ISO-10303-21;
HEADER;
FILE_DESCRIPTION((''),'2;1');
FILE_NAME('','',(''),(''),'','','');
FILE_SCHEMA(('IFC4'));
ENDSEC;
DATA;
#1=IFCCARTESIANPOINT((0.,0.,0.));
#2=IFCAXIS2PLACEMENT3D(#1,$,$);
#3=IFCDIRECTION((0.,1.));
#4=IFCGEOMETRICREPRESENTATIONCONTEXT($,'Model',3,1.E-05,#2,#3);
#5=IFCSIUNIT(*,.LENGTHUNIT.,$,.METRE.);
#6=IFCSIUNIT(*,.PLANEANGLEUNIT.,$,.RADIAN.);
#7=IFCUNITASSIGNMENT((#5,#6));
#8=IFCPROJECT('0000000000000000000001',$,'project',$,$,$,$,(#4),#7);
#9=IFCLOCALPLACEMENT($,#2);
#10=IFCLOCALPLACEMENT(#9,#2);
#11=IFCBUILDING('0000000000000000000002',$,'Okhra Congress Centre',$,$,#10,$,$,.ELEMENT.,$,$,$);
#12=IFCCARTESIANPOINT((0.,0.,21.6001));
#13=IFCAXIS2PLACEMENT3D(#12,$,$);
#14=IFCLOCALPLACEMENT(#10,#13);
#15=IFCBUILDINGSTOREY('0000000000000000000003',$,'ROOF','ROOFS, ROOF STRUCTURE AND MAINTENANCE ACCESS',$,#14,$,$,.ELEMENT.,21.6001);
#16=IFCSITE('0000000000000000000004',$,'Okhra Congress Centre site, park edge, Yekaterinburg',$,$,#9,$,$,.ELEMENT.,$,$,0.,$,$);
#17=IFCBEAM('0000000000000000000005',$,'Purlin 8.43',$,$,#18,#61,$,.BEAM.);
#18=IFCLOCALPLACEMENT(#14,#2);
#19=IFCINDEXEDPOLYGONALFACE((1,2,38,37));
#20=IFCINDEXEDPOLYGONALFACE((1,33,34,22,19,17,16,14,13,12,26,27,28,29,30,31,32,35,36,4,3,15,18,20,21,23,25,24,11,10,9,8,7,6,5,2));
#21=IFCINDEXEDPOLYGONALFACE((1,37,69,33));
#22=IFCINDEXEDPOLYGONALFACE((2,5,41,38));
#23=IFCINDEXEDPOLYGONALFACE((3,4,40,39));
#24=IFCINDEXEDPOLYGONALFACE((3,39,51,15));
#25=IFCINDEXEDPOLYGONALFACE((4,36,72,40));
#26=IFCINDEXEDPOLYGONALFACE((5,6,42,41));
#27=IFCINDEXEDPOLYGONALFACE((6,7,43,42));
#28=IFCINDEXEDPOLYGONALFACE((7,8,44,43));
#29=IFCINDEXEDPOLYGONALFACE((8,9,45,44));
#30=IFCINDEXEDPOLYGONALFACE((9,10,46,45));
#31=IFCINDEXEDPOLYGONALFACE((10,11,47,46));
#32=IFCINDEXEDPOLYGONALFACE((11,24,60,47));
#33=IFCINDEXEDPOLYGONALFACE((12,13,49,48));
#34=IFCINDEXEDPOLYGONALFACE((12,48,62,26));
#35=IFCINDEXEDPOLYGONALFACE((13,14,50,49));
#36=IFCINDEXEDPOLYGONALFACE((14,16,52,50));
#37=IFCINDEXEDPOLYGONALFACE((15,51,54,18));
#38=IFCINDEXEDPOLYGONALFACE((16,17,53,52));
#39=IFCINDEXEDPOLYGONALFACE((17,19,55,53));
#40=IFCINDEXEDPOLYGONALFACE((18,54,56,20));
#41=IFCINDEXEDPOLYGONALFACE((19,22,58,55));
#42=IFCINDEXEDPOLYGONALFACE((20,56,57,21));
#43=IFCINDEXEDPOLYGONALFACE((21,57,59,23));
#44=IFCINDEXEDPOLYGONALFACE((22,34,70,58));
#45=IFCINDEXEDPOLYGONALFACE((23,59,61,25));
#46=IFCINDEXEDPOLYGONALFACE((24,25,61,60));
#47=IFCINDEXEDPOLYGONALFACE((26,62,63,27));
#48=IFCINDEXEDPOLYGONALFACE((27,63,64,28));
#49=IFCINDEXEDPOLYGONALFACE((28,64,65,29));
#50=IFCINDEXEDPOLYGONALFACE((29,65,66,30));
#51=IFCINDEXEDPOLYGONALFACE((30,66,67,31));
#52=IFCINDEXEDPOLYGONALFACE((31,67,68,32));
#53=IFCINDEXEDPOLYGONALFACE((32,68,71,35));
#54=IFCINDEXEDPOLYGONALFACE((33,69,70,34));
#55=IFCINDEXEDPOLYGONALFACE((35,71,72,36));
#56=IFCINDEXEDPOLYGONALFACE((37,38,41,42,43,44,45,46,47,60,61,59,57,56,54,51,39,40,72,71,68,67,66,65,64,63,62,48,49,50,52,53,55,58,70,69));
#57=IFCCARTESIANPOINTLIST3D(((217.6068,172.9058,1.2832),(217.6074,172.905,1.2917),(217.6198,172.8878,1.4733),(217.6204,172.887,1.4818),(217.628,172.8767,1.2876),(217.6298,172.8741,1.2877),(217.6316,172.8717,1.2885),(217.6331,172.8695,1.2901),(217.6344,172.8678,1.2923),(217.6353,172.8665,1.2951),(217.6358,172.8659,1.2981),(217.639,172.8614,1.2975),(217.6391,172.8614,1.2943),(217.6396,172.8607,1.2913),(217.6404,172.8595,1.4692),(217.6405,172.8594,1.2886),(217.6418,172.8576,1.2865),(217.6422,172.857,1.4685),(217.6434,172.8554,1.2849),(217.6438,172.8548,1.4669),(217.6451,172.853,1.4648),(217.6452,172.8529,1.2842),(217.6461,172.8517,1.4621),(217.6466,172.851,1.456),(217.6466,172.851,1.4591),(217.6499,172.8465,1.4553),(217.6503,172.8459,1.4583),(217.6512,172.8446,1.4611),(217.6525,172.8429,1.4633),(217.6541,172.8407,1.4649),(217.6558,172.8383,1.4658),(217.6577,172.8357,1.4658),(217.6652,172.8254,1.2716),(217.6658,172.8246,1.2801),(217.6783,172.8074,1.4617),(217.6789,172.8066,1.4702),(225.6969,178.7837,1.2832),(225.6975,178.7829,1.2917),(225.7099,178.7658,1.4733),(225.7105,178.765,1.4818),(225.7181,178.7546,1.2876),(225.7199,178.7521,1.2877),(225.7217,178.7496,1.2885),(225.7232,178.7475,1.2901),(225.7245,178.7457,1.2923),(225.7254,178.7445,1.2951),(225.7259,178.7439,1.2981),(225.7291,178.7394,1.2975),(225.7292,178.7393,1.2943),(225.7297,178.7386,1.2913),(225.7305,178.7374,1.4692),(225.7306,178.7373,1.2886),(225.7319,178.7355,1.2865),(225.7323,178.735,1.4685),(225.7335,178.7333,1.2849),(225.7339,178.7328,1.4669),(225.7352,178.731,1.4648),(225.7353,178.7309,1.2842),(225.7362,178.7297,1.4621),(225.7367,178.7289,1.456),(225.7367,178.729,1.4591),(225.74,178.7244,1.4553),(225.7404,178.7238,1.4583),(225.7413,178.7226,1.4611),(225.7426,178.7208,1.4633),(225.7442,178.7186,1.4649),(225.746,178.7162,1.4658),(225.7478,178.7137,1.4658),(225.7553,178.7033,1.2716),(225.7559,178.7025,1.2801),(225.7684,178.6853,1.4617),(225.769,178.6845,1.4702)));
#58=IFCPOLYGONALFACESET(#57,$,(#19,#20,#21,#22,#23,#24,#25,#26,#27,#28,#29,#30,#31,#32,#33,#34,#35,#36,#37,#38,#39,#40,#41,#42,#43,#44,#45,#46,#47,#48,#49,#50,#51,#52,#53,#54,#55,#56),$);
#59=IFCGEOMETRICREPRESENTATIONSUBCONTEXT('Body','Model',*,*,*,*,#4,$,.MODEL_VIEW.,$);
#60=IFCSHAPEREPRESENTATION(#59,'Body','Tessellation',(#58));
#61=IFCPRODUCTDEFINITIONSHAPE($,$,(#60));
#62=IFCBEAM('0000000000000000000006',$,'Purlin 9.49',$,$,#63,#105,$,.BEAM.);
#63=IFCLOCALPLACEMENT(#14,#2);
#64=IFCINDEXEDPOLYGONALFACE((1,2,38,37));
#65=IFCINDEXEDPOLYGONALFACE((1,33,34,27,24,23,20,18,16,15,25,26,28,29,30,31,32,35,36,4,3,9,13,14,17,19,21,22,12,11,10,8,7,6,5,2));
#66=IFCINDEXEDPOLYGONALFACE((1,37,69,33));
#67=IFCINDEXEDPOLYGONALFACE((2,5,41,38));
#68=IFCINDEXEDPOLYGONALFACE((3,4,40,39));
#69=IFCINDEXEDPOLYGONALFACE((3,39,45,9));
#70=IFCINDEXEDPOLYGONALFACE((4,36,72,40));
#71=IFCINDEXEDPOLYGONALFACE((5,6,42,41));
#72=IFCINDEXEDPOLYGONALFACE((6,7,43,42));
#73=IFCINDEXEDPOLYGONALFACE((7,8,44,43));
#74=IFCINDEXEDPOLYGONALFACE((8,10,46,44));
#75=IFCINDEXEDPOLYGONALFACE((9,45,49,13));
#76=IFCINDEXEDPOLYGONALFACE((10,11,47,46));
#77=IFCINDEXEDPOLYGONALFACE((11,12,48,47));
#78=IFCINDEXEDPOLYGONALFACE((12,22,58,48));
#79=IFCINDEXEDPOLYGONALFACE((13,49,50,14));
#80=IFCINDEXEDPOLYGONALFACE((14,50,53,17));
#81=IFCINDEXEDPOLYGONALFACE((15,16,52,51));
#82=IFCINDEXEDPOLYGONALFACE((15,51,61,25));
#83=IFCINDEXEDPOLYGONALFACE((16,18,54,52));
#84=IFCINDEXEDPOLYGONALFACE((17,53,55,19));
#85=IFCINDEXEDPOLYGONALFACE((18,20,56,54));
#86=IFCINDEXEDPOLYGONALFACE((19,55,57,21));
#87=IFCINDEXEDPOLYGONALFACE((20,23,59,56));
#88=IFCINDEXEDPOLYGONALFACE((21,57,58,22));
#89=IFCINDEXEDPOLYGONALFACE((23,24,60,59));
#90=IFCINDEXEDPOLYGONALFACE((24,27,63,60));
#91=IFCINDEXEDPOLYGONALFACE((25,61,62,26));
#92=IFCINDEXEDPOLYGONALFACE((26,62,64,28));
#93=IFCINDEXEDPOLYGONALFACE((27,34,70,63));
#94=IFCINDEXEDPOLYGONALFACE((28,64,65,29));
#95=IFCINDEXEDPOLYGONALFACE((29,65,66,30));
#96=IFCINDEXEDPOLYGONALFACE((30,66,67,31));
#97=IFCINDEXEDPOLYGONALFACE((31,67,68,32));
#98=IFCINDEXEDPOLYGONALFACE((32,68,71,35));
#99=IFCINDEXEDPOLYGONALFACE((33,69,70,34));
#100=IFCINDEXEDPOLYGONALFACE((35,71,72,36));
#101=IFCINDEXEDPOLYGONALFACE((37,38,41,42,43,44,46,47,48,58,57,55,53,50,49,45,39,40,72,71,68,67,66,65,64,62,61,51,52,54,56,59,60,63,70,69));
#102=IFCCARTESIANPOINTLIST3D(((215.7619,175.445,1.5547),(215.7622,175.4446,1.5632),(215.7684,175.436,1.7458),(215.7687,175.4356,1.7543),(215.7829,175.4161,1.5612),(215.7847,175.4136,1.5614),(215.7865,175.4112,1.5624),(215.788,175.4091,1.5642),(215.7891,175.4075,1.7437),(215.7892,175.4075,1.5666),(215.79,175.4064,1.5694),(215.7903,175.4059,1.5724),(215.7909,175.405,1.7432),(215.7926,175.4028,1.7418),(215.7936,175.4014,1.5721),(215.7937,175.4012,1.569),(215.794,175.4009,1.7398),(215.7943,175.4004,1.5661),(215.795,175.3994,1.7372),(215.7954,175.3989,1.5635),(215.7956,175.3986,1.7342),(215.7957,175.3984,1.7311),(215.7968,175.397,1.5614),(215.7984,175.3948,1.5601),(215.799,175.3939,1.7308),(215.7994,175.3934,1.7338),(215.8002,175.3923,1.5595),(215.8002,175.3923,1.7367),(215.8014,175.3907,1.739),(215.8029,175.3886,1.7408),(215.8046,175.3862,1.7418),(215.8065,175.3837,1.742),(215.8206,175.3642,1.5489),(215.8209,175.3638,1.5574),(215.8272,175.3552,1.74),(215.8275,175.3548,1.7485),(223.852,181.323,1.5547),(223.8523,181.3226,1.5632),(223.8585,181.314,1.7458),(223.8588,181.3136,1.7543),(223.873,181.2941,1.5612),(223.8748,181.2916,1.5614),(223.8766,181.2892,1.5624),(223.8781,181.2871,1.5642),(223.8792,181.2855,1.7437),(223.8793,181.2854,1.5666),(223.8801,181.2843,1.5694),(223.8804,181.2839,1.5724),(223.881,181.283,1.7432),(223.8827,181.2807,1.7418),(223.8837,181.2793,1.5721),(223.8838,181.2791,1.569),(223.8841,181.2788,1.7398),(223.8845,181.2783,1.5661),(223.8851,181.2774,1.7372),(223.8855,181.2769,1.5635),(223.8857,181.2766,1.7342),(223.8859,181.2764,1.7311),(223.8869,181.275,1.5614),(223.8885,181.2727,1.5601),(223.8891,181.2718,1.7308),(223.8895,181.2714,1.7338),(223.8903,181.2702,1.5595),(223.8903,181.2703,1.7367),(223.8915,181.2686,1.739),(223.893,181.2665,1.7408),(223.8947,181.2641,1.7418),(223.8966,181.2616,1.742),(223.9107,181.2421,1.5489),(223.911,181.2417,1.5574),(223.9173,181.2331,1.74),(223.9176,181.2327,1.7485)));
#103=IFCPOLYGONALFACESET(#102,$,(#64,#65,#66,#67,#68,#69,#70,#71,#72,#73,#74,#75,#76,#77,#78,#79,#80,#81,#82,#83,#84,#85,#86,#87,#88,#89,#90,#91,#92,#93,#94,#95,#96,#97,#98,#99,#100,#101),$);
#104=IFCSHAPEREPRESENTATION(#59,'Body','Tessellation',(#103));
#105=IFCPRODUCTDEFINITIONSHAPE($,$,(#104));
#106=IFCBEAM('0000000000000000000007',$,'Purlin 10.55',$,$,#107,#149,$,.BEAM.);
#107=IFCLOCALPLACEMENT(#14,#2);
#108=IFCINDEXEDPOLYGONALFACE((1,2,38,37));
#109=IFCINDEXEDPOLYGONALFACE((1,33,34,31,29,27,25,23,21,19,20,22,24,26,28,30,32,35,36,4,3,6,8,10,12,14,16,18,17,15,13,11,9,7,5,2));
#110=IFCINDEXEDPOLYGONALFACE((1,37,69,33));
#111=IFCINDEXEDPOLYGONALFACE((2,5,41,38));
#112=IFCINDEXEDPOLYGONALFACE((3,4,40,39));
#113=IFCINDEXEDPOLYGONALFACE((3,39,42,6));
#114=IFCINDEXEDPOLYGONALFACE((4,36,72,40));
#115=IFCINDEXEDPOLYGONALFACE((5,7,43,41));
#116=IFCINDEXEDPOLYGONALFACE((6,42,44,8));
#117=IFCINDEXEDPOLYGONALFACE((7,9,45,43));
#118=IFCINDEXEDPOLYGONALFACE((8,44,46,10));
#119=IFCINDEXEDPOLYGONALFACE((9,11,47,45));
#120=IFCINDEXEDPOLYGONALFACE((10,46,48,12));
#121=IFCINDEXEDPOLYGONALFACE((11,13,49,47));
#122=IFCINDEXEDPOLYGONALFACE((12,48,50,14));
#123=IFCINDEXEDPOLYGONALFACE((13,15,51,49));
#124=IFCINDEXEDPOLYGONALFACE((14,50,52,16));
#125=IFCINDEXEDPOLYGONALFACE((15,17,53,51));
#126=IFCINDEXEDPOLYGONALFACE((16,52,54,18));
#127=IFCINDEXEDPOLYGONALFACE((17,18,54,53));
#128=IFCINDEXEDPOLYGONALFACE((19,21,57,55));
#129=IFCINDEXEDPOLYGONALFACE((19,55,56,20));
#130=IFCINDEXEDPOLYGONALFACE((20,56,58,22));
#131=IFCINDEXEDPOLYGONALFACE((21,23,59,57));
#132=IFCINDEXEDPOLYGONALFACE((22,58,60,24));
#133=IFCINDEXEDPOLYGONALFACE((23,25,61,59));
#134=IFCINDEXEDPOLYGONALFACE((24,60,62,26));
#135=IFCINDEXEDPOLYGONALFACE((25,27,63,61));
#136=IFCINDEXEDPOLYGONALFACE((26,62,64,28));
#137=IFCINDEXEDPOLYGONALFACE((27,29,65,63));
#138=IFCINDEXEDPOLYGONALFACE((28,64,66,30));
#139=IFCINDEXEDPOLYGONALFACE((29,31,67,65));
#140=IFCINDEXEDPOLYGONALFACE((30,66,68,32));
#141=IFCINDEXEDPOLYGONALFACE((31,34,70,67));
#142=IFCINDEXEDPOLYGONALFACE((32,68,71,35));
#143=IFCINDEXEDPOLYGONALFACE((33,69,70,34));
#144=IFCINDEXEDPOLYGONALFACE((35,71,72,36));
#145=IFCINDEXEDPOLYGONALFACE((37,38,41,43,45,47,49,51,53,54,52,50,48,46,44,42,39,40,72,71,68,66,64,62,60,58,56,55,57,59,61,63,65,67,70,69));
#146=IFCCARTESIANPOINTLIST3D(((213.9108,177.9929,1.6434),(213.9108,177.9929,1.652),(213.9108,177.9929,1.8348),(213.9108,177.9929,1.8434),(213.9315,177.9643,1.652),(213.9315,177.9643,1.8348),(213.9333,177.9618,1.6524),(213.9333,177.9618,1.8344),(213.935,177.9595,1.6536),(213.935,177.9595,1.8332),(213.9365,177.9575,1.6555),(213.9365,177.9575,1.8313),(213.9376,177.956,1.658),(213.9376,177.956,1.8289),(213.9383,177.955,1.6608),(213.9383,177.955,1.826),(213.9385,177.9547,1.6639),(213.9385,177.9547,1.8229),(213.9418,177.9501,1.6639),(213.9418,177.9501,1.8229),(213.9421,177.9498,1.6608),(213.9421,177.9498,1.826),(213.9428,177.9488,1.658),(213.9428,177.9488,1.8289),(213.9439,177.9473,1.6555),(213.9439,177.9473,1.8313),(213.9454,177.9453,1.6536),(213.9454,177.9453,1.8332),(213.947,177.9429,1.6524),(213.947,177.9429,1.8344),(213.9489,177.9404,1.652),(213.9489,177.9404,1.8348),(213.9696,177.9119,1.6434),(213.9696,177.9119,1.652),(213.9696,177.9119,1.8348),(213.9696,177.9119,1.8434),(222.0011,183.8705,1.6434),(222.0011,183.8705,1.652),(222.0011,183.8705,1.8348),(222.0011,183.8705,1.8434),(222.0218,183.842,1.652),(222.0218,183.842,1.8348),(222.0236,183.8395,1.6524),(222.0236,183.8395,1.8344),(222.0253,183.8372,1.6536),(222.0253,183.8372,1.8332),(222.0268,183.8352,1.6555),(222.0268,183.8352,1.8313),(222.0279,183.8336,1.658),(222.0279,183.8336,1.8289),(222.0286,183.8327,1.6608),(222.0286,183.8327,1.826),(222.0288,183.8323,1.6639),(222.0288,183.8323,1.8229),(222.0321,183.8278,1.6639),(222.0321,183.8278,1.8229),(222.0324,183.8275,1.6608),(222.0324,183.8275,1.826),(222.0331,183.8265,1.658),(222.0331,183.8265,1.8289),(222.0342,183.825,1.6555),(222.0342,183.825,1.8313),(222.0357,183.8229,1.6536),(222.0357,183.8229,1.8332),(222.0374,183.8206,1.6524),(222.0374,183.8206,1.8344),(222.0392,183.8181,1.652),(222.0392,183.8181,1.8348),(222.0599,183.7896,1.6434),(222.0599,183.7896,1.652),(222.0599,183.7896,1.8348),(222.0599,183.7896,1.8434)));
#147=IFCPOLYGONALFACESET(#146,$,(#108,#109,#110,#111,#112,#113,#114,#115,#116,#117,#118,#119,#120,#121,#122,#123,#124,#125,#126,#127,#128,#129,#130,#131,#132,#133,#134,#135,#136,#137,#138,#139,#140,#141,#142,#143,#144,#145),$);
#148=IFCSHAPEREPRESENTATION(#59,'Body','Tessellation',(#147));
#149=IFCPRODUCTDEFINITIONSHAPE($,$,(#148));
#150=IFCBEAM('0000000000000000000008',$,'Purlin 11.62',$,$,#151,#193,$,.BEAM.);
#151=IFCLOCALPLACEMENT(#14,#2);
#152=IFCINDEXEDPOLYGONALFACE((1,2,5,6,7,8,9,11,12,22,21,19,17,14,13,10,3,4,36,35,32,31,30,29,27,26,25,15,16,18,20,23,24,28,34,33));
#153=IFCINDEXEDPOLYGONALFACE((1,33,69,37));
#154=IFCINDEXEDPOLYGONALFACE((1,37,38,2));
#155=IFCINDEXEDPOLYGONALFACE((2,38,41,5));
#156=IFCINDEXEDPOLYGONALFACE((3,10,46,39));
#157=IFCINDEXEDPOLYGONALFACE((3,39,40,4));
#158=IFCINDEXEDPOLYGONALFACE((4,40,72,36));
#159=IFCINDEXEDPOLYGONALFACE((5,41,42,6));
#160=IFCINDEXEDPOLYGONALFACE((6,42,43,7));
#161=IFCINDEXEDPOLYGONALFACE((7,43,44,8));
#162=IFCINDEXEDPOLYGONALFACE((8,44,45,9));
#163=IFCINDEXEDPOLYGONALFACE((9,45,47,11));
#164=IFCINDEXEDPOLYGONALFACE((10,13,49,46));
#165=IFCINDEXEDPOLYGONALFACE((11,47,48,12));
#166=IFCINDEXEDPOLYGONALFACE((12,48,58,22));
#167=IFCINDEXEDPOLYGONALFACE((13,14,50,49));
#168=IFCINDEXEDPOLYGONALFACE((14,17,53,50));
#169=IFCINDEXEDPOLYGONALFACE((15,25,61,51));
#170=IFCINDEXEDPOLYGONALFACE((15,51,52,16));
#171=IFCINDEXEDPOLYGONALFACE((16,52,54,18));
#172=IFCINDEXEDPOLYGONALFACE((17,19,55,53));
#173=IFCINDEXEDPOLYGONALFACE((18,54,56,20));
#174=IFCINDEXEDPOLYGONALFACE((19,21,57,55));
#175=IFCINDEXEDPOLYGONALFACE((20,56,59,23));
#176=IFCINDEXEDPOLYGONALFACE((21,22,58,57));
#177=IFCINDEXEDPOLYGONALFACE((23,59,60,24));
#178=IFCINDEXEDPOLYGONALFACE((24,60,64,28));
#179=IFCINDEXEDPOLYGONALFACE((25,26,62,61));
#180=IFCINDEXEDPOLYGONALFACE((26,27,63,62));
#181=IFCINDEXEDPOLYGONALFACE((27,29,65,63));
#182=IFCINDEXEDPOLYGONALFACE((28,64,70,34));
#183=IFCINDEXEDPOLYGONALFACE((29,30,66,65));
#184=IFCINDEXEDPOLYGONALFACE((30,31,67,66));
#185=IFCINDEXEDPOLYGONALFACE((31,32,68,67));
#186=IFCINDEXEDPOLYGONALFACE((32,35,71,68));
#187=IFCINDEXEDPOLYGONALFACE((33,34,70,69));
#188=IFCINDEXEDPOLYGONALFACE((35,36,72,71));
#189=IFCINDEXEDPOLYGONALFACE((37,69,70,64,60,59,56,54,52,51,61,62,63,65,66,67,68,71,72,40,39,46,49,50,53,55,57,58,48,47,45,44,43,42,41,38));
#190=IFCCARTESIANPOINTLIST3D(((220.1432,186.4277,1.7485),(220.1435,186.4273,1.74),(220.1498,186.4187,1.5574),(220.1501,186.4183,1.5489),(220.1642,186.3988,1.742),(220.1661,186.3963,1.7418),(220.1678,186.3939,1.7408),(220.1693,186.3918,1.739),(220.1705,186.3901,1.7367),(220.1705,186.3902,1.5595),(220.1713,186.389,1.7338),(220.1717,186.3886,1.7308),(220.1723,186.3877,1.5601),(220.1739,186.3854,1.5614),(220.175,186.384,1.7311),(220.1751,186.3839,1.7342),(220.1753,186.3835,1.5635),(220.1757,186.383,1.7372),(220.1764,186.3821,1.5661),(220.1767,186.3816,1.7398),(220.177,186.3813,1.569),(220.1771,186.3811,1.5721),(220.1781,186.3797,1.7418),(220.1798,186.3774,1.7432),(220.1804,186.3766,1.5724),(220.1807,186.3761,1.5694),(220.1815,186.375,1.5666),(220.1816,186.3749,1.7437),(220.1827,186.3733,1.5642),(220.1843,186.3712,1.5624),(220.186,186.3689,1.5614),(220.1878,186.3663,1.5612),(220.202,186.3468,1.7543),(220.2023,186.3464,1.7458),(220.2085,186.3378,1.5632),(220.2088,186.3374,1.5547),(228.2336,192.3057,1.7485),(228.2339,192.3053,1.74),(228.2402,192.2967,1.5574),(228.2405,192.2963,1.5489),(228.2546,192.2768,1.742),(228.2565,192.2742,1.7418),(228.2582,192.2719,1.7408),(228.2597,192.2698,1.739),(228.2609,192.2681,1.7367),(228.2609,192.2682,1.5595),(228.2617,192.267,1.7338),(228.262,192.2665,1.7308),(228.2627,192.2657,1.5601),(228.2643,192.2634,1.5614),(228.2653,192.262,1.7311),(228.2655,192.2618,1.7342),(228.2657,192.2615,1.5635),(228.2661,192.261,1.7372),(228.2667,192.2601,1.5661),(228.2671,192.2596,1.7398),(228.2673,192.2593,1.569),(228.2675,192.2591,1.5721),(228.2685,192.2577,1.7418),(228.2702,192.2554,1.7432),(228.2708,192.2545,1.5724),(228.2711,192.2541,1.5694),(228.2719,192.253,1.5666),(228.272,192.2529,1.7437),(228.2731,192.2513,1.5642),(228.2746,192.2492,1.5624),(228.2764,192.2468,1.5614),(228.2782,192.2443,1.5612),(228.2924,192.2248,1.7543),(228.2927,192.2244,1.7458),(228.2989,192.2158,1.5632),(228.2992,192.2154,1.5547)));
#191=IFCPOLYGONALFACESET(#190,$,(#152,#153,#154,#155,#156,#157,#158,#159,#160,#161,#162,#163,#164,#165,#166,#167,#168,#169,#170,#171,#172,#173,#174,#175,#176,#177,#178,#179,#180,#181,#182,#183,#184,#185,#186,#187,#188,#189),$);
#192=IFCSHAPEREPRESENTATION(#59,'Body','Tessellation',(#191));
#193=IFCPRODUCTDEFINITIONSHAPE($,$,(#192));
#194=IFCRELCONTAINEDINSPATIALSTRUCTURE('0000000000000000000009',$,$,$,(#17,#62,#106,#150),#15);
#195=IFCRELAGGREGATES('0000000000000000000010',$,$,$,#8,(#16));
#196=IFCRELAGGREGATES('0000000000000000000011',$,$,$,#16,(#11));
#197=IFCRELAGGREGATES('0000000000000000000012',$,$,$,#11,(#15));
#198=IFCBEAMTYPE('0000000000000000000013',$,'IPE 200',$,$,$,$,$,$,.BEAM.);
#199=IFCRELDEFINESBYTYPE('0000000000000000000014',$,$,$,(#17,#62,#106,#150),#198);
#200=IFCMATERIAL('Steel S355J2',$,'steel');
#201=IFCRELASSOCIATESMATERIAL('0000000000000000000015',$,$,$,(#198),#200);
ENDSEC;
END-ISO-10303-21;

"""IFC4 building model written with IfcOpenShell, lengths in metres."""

from ifc_helpers import new_model, si_unit, direction, frame, origin, origin_2d, place, context, subcontext, project, spatial, i_section, extrude, material, material_profile, profile_set, type_object, element, save


model = new_model("IFC4")

# Units and contexts
model_context = context("Model", 3, precision=1e-05, world=origin(), true_north=direction((0.0, 1.0)))
body_context = subcontext(model_context, "Body", "Model", "MODEL_VIEW")
ifc_project = project(units=[si_unit("LENGTHUNIT", "METRE"), si_unit("PLANEANGLEUNIT", "RADIAN")], contexts=[model_context])

# Site, building, storey
site_placement = place(None, origin())
site = spatial("IfcSite", under=ifc_project, at=site_placement, Name="Okhra Congress Centre site, park edge, Yekaterinburg", CompositionType="ELEMENT", RefElevation=0.0)
building_placement = place(site_placement, origin())
building = spatial("IfcBuilding", under=site, at=building_placement, Name="Okhra Congress Centre", CompositionType="ELEMENT")
storey_placement = place(building_placement, frame((0.0, 0.0, 21.6001)))
storey = spatial("IfcBuildingStorey", under=building, at=storey_placement, Name="ROOF", Description="ROOFS, ROOF STRUCTURE AND MAINTENANCE ACCESS", CompositionType="ELEMENT", Elevation=21.6001)

# Beams
ifc_material_1 = material(Name="Steel S355J2", Category="steel")
ifc_material_profile_1 = material_profile(ifc_material_1, i_section(OverallWidth=0.1001, OverallDepth=0.2, WebThickness=0.0056, FlangeThickness=0.0085, FilletRadius=0.012, at=origin_2d()), Name="IPE 200")
ifc_profile_set_1 = profile_set([ifc_material_profile_1], Name="Steel S355J2")
beam_type = type_object("IfcBeamType", Name="IPE 200", PredefinedType="BEAM", material=ifc_profile_set_1)
for number, where, z_axis, x_axis, name in (
    (1, (217.6428, 172.8562, 1.3767), (0.80901, 0.587794, 0.0), (-0.58382, 0.80354, 0.116093), "Purlin 8.43"),
    (2, (215.7947, 175.3999, 1.6516), (0.80901, 0.587794, 0.0), (-0.5868, 0.807642, 0.058145), "Purlin 9.49"),
    (3, (213.9402, 177.9524, 1.7434), (0.809031, 0.587767, 0.0), (-0.587767, 0.809031, 0.0), "Purlin 10.55"),
):
    element("IfcBeam", number, at=place(storey_placement, frame(where, z_axis=z_axis, x_axis=x_axis)), inside=storey, type_object=beam_type, Name=name, PredefinedType="BEAM", context=body_context, shape_type="SweptSolid", body=[
        extrude(i_section(OverallWidth=0.1001, OverallDepth=0.2, WebThickness=0.0056, FlangeThickness=0.0085, FilletRadius=0.012, at=origin_2d()), origin(), (0.0, 0.0, 1.0), 10.0),
    ])
for number, where, z_axis, x_axis, name in (
    (4, (220.176, 186.3826, 1.6516), (0.809019, 0.587783, 0.0), (-0.586788, 0.80765, -0.058145), "Purlin 11.62"),
):
    element("IfcBeam", number, at=place(storey_placement, frame(where, z_axis=z_axis, x_axis=x_axis)), inside=storey, type_object=beam_type, Name=name, PredefinedType="BEAM", context=body_context, shape_type="SweptSolid", body=[
        extrude(i_section(OverallWidth=0.1001, OverallDepth=0.2, WebThickness=0.0056, FlangeThickness=0.0085, FilletRadius=0.012, at=origin_2d()), origin(), (0.0, 0.0, 1.0), 10.0002),
    ])

save(model, "model.ifc")
